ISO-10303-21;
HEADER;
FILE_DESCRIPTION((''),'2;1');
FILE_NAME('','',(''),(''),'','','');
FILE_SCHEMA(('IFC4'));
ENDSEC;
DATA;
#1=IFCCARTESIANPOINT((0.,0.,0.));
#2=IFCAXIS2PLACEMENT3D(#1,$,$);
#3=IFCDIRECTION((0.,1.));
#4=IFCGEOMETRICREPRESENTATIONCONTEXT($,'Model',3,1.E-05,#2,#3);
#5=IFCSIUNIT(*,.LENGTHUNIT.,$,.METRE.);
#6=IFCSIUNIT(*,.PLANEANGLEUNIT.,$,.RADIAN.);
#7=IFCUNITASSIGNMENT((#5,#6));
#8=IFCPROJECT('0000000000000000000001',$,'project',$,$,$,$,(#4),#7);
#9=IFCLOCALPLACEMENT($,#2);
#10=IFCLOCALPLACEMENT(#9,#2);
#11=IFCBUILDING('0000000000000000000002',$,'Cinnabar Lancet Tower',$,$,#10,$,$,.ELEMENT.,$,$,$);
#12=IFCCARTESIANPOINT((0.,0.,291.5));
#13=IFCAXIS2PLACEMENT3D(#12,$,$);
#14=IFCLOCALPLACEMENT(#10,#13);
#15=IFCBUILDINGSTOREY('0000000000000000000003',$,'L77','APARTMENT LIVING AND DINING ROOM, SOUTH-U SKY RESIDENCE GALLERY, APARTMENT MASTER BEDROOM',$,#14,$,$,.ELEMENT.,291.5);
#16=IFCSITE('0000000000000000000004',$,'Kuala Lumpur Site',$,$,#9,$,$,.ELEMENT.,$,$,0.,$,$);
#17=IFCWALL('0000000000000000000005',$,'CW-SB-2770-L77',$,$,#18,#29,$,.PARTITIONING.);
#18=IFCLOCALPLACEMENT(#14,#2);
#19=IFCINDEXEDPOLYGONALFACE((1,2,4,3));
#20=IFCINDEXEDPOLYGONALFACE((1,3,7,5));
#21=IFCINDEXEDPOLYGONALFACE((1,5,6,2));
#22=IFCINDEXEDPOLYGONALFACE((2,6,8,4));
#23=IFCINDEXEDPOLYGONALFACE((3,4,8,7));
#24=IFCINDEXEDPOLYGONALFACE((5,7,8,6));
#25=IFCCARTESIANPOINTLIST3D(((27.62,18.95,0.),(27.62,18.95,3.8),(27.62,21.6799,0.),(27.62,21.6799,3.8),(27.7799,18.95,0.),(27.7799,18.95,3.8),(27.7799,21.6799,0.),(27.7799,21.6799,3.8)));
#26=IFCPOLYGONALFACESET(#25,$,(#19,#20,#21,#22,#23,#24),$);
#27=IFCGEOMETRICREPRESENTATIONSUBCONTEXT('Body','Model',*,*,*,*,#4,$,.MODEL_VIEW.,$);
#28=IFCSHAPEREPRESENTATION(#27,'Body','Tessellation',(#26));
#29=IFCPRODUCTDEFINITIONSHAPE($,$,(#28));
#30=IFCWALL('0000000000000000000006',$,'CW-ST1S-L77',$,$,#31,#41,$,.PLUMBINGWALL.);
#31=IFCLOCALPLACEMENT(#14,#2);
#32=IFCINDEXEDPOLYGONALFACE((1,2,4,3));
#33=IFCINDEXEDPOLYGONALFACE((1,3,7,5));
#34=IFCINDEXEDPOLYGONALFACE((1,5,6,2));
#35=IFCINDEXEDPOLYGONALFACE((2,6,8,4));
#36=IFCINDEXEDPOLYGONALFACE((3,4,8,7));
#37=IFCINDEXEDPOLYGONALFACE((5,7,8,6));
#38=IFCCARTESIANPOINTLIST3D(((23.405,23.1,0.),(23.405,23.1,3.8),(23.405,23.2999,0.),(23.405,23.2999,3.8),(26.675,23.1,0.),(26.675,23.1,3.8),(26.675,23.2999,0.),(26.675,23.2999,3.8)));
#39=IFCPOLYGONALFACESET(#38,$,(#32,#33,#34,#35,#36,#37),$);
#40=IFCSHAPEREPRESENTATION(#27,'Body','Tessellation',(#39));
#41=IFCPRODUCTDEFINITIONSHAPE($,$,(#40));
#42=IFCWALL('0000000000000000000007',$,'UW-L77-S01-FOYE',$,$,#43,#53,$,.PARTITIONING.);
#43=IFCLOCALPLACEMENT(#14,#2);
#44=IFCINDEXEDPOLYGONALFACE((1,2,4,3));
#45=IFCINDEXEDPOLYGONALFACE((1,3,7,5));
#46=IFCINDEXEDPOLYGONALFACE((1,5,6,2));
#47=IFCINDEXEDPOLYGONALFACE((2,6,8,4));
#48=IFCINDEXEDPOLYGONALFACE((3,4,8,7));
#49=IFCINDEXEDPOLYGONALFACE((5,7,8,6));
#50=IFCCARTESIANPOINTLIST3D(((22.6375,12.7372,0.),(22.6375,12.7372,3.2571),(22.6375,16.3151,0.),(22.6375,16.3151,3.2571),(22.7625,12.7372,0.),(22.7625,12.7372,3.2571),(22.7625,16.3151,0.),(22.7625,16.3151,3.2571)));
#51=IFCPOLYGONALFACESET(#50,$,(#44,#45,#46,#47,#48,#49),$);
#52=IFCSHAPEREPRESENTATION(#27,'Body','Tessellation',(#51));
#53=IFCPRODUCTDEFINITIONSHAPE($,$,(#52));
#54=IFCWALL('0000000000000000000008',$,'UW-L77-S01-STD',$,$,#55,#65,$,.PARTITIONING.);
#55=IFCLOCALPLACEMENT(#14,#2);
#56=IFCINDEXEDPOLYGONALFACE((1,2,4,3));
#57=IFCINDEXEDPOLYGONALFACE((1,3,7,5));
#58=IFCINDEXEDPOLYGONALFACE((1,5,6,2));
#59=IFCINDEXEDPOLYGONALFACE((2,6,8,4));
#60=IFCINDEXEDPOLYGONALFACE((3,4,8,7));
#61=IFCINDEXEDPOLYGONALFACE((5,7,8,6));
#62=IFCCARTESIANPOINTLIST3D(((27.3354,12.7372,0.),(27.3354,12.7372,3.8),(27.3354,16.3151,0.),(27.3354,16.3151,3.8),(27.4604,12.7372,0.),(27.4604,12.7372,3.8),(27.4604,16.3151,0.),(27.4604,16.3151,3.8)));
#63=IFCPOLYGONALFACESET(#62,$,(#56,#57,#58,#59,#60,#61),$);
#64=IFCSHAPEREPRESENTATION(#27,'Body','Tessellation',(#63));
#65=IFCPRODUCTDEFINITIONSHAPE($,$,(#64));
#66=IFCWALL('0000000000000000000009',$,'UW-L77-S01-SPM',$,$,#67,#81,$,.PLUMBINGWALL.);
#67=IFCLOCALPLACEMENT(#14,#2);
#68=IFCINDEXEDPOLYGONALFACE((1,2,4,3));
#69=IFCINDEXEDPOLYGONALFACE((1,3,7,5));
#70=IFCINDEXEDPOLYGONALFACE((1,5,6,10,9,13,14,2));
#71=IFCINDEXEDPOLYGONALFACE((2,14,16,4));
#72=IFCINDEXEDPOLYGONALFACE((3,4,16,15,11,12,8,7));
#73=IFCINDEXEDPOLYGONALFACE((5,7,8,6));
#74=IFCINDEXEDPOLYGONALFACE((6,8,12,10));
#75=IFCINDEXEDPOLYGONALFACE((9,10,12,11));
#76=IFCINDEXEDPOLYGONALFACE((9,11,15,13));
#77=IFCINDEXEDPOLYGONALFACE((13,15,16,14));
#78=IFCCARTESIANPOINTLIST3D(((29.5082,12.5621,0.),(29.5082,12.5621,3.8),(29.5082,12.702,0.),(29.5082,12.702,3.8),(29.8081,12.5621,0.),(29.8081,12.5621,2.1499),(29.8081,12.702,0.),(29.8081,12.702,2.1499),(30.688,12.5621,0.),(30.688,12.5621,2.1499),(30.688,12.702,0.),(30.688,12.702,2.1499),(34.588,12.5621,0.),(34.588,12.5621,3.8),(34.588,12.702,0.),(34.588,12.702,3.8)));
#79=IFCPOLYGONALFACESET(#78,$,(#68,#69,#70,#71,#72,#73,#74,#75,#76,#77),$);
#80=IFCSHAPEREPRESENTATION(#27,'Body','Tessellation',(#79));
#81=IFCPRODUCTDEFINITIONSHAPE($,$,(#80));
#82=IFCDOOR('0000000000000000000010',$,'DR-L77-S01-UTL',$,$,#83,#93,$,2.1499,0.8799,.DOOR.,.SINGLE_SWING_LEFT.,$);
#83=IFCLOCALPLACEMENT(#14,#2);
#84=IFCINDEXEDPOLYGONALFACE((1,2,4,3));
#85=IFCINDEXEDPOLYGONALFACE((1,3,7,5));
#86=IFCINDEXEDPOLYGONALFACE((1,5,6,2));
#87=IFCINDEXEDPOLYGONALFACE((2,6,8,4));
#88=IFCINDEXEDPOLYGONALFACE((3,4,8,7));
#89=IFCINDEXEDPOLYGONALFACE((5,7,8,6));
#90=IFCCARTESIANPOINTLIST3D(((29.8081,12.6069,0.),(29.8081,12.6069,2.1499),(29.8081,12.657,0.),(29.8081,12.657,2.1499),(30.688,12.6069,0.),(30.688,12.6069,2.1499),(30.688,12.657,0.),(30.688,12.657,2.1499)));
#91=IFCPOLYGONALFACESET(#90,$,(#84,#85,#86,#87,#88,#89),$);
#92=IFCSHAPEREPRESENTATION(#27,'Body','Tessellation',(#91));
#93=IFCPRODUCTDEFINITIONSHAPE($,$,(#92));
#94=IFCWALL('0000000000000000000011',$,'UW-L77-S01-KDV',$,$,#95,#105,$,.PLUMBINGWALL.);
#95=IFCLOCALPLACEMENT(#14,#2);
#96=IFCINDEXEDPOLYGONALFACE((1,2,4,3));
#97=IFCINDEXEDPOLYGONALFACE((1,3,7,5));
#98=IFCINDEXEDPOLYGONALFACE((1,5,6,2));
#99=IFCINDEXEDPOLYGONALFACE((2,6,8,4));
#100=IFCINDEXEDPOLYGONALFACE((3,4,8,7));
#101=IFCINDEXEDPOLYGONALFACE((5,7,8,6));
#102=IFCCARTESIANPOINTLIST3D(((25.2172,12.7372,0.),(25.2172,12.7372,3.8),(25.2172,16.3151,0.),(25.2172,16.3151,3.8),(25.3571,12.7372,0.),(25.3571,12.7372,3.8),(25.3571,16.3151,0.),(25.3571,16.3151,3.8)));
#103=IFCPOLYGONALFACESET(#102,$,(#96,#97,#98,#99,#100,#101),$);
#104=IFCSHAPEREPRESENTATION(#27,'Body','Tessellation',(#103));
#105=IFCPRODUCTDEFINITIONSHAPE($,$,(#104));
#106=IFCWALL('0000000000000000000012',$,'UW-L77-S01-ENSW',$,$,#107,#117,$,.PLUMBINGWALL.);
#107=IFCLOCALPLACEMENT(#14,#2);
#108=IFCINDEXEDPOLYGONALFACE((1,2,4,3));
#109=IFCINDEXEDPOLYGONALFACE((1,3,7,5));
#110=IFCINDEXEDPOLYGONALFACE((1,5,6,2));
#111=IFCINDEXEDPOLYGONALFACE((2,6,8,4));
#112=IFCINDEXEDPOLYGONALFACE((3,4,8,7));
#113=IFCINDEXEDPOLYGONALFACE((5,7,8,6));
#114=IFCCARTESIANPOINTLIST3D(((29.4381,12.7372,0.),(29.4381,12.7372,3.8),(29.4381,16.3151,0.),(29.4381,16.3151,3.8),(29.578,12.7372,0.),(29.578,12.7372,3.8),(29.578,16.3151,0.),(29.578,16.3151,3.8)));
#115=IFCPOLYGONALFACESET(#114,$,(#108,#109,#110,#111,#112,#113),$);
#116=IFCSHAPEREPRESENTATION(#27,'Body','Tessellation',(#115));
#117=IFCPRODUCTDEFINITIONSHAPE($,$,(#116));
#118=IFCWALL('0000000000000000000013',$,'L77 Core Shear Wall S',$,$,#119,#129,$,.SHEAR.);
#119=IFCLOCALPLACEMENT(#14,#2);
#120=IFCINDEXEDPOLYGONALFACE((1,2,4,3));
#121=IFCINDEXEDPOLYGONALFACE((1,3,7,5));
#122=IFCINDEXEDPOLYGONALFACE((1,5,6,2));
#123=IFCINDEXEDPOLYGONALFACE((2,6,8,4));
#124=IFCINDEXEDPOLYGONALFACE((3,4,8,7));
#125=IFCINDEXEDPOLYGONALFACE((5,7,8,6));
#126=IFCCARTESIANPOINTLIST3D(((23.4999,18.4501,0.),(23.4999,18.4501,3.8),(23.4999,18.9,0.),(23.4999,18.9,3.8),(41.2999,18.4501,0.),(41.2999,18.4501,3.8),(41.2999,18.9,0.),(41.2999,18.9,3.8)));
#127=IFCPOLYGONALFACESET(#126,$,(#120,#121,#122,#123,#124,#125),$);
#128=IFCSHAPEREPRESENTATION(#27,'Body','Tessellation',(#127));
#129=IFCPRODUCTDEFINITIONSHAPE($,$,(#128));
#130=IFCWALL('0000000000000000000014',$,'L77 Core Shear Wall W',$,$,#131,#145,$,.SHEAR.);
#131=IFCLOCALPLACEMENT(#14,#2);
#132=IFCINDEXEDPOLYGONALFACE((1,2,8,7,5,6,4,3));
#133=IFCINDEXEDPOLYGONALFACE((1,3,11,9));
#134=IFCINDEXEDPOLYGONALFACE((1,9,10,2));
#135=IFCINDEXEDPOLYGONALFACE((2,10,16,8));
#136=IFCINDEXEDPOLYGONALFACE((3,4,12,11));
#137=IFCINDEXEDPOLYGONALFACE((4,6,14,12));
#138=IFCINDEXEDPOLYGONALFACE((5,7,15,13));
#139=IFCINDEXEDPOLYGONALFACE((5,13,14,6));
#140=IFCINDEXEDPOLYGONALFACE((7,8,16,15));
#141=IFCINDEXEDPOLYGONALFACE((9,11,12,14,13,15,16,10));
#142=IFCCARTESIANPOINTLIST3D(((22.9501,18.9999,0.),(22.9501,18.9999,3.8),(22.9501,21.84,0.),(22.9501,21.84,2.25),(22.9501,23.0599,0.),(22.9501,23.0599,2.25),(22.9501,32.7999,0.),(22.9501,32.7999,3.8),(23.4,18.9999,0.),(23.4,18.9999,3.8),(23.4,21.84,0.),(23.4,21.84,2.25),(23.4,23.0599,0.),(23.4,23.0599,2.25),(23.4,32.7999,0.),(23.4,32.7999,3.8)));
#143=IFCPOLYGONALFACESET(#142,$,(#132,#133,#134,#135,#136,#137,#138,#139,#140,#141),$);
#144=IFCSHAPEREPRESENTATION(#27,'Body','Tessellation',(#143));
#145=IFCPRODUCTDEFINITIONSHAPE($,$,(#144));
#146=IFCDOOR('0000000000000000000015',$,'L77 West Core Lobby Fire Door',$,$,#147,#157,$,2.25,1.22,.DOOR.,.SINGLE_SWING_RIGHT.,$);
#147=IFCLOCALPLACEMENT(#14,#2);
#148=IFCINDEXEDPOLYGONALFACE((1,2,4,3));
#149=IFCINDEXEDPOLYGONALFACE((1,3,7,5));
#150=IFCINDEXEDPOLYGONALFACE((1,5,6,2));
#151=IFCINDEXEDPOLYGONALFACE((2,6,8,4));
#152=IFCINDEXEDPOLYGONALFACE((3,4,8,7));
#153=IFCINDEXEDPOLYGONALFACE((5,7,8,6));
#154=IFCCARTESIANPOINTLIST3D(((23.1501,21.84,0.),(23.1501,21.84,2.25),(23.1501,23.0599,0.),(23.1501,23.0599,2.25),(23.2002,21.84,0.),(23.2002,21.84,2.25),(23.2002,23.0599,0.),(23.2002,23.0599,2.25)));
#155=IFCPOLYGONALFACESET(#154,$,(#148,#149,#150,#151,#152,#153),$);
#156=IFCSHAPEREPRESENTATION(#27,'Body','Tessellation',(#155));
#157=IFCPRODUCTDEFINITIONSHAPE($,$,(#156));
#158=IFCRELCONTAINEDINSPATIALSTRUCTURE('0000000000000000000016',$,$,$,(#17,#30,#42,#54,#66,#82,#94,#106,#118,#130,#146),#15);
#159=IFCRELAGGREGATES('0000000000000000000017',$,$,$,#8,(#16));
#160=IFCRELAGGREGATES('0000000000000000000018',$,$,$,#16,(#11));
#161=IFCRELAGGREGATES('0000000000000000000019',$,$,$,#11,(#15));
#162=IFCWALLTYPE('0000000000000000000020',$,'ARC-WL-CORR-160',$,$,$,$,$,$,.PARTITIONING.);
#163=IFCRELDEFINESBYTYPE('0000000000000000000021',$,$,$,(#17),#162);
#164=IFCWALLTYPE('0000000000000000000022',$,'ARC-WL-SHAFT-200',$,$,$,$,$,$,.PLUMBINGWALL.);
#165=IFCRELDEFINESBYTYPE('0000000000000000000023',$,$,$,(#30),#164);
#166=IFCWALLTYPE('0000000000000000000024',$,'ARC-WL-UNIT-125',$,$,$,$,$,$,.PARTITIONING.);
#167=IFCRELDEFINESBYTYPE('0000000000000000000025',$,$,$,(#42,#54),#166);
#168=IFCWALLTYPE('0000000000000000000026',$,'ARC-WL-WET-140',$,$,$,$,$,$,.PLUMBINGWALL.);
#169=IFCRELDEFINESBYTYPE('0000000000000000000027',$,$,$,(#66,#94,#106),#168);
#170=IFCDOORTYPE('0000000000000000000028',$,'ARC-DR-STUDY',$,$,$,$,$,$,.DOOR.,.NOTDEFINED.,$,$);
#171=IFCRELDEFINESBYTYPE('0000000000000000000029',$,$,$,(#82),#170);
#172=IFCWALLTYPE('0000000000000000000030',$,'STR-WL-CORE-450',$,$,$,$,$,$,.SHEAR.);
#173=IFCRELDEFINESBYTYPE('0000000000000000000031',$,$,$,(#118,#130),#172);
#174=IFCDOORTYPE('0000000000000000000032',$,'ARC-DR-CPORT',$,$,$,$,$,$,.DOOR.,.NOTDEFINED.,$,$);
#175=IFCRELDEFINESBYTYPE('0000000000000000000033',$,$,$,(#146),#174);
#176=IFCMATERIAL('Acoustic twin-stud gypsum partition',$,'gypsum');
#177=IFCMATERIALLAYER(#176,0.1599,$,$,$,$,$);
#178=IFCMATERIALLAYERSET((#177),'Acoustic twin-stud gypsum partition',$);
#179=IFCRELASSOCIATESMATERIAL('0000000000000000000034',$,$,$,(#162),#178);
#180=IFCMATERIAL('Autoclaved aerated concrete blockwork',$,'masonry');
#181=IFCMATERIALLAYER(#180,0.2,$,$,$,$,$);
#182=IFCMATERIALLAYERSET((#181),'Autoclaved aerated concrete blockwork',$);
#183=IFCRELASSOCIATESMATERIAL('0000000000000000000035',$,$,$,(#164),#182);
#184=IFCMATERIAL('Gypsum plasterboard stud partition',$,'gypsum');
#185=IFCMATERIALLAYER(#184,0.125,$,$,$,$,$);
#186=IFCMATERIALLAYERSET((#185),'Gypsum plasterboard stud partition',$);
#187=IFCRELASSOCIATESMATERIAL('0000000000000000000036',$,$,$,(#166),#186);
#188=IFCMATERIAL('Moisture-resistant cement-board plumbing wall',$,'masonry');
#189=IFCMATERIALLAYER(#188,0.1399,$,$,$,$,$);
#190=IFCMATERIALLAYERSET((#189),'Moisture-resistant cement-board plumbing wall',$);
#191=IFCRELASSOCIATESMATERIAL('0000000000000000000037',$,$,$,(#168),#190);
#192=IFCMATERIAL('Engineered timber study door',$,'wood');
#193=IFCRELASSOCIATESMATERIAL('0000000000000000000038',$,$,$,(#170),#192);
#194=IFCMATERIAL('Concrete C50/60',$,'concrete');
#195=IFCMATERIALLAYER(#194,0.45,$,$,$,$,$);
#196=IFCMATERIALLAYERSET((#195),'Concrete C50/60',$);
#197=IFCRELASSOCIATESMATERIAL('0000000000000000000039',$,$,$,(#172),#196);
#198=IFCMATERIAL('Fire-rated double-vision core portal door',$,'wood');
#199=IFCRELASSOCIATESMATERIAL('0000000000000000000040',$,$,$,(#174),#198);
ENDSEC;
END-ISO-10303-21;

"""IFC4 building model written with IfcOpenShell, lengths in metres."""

from ifc_helpers import new_model, si_unit, direction, frame, frame_2d, origin, place, context, subcontext, project, spatial, rectangle, extrude, material, layer, layer_set, type_object, element, fill, save


model = new_model("IFC4")

# Units and contexts
model_context = context("Model", 3, precision=1e-05, world=origin(), true_north=direction((0.0, 1.0)))
body_context = subcontext(model_context, "Body", "Model", "MODEL_VIEW")
ifc_project = project(units=[si_unit("LENGTHUNIT", "METRE"), si_unit("PLANEANGLEUNIT", "RADIAN")], contexts=[model_context])

# Site, building, storey
site_placement = place(None, origin())
site = spatial("IfcSite", under=ifc_project, at=site_placement, Name="Kuala Lumpur Site", CompositionType="ELEMENT", RefElevation=0.0)
building_placement = place(site_placement, origin())
building = spatial("IfcBuilding", under=site, at=building_placement, Name="Cinnabar Lancet Tower", CompositionType="ELEMENT")
storey_placement = place(building_placement, frame((0.0, 0.0, 291.5)))
storey = spatial("IfcBuildingStorey", under=building, at=storey_placement, Name="L77", Description="APARTMENT LIVING AND DINING ROOM, SOUTH-U SKY RESIDENCE GALLERY, APARTMENT MASTER BEDROOM", CompositionType="ELEMENT", Elevation=291.5)

# Walls
ifc_material_1 = material(Name="Acoustic twin-stud gypsum partition", Category="gypsum")
ifc_layer_1 = layer(ifc_material_1, 0.1599)
ifc_layer_set_1 = layer_set([ifc_layer_1], Name="Acoustic twin-stud gypsum partition")
wall_type_1 = type_object("IfcWallType", Name="ARC-WL-CORR-160", PredefinedType="PARTITIONING", material=ifc_layer_set_1)
wall_1_placement = place(storey_placement, frame((27.7, 18.95, 0.0), z_axis=(0.0, 0.0, 1.0), x_axis=(0.0, 1.0, 0.0)))
element("IfcWall", 1, at=wall_1_placement, inside=storey, type_object=wall_type_1, Name="CW-SB-2770-L77", PredefinedType="PARTITIONING", context=body_context, shape_type="SweptSolid", body=[
    extrude(rectangle(XDim=2.73, YDim=0.1599, at=frame_2d((1.365, 0.0))), origin(), (0.0, 0.0, 1.0), 3.8),
])
ifc_material_2 = material(Name="Autoclaved aerated concrete blockwork", Category="masonry")
ifc_layer_2 = layer(ifc_material_2, 0.2)
ifc_layer_set_2 = layer_set([ifc_layer_2], Name="Autoclaved aerated concrete blockwork")
wall_type_2 = type_object("IfcWallType", Name="ARC-WL-SHAFT-200", PredefinedType="PLUMBINGWALL", material=ifc_layer_set_2)
wall_2_placement = place(storey_placement, frame((23.405, 23.2, 0.0), z_axis=(0.0, 0.0, 1.0), x_axis=(1.0, 0.0, 0.0)))
element("IfcWall", 2, at=wall_2_placement, inside=storey, type_object=wall_type_2, Name="CW-ST1S-L77", PredefinedType="PLUMBINGWALL", context=body_context, shape_type="SweptSolid", body=[
    extrude(rectangle(XDim=3.27, YDim=0.2, at=frame_2d((1.635, 0.0))), origin(), (0.0, 0.0, 1.0), 3.8),
])

# Walls
ifc_material_3 = material(Name="Gypsum plasterboard stud partition", Category="gypsum")
ifc_layer_3 = layer(ifc_material_3, 0.125)
ifc_layer_set_3 = layer_set([ifc_layer_3], Name="Gypsum plasterboard stud partition")
wall_type_3 = type_object("IfcWallType", Name="ARC-WL-UNIT-125", PredefinedType="PARTITIONING", material=ifc_layer_set_3)
wall_3_placement = place(storey_placement, frame((22.7, 12.7371, 0.0), z_axis=(0.0, 0.0, 1.0), x_axis=(0.0, 1.0, 0.0)))
element("IfcWall", 3, at=wall_3_placement, inside=storey, type_object=wall_type_3, Name="UW-L77-S01-FOYE", PredefinedType="PARTITIONING", context=body_context, shape_type="SweptSolid", body=[
    extrude(rectangle(XDim=3.5779, YDim=0.125, at=frame_2d((1.7891, 0.0))), origin(), (0.0, 0.0, 1.0), 3.2571),
])
wall_4_placement = place(storey_placement, frame((27.3979, 12.7371, 0.0), z_axis=(0.0, 0.0, 1.0), x_axis=(0.0, 1.0, 0.0)))
element("IfcWall", 4, at=wall_4_placement, inside=storey, type_object=wall_type_3, Name="UW-L77-S01-STD", PredefinedType="PARTITIONING", context=body_context, shape_type="SweptSolid", body=[
    extrude(rectangle(XDim=3.5779, YDim=0.125, at=frame_2d((1.7891, 0.0))), origin(), (0.0, 0.0, 1.0), 3.8),
])

# Shared definitions
ifc_material_4 = material(Name="Moisture-resistant cement-board plumbing wall", Category="masonry")
ifc_layer_4 = layer(ifc_material_4, 0.1399)
ifc_layer_set_4 = layer_set([ifc_layer_4], Name="Moisture-resistant cement-board plumbing wall")
wall_type_4 = type_object("IfcWallType", Name="ARC-WL-WET-140", PredefinedType="PLUMBINGWALL", material=ifc_layer_set_4)
ifc_material_5 = material(Name="Engineered timber study door", Category="wood")
door_type_1 = type_object("IfcDoorType", Name="ARC-DR-STUDY", OperationType="NOTDEFINED", PredefinedType="DOOR", material=ifc_material_5)

# Wall, opening, door
wall_5_placement = place(storey_placement, frame((29.5081, 12.6321, 0.0), z_axis=(0.0, 0.0, 1.0), x_axis=(1.0, 0.0, 0.0)))
wall_5 = element("IfcWall", 5, at=wall_5_placement, inside=storey, type_object=wall_type_4, Name="UW-L77-S01-SPM", PredefinedType="PLUMBINGWALL", context=body_context, shape_type="SweptSolid", body=[
    extrude(rectangle(XDim=5.0798, YDim=0.1399, at=frame_2d((2.54, 0.0))), origin(), (0.0, 0.0, 1.0), 3.8),
])
opening_1_placement = place(wall_5_placement, frame((0.3, 0.0, 0.0)))
opening_1 = element("IfcOpeningElement", 6, at=opening_1_placement, cuts=wall_5, PredefinedType="OPENING", context=body_context, shape_type="SweptSolid", body=[
    extrude(rectangle(XDim=0.8799, YDim=2.1499, at=frame_2d((0.4399, 1.075))), frame((0.0, 0.0798, 0.0), z_axis=(0.0, -1.0, 0.0), x_axis=(1.0, 0.0, 0.0)), (0.0, 0.0, 1.0), 0.1599),
])
door_1_placement = place(opening_1_placement, origin())
door_1 = element("IfcDoor", 7, at=door_1_placement, inside=storey, type_object=door_type_1, Name="DR-L77-S01-UTL", OperationType="SINGLE_SWING_LEFT", OverallHeight=2.1499, OverallWidth=0.8799, PredefinedType="DOOR", context=body_context, shape_type="SweptSolid", body=[
    extrude(rectangle(XDim=0.8799, YDim=2.1499, at=frame_2d((0.4399, 1.075))), frame((0.0, 0.0249, 0.0), z_axis=(0.0, -1.0, 0.0), x_axis=(1.0, 0.0, 0.0)), (0.0, 0.0, 1.0), 0.05),
])
fill(opening_1, door_1)

# Walls
for number, where, z_axis, x_axis, name in (
    (8, (25.2871, 12.7371, 0.0), (0.0, 0.0, 1.0), (0.0, 1.0, 0.0), "UW-L77-S01-KDV"),
    (9, (29.5081, 12.7371, 0.0), (0.0, 0.0, 1.0), (0.0, 1.0, 0.0), "UW-L77-S01-ENSW"),
):
    element("IfcWall", number, at=place(storey_placement, frame(where, z_axis=z_axis, x_axis=x_axis)), inside=storey, type_object=wall_type_4, Name=name, PredefinedType="PLUMBINGWALL", context=body_context, shape_type="SweptSolid", body=[
        extrude(rectangle(XDim=3.5779, YDim=0.1399, at=frame_2d((1.7891, 0.0))), origin(), (0.0, 0.0, 1.0), 3.8),
    ])
ifc_material_6 = material(Name="Concrete C50/60", Category="concrete")
ifc_layer_5 = layer(ifc_material_6, 0.45)
ifc_layer_set_5 = layer_set([ifc_layer_5], Name="Concrete C50/60")
wall_type_5 = type_object("IfcWallType", Name="STR-WL-CORE-450", PredefinedType="SHEAR", material=ifc_layer_set_5)
wall_6_placement = place(storey_placement, frame((23.5, 18.675, 0.0), z_axis=(0.0, 0.0, 1.0), x_axis=(1.0, 0.0, 0.0)))
element("IfcWall", 10, at=wall_6_placement, inside=storey, type_object=wall_type_5, Name="L77 Core Shear Wall S", PredefinedType="SHEAR", context=body_context, shape_type="SweptSolid", body=[
    extrude(rectangle(XDim=17.8, YDim=0.45, at=frame_2d((8.8999, 0.0))), origin(), (0.0, 0.0, 1.0), 3.8),
])

# Wall, opening, door
wall_7_placement = place(storey_placement, frame((23.175, 19.0, 0.0), z_axis=(0.0, 0.0, 1.0), x_axis=(0.0, 1.0, 0.0)))
wall_7 = element("IfcWall", 11, at=wall_7_placement, inside=storey, type_object=wall_type_5, Name="L77 Core Shear Wall W", PredefinedType="SHEAR", context=body_context, shape_type="SweptSolid", body=[
    extrude(rectangle(XDim=13.8, YDim=0.45, at=frame_2d((6.8999, 0.0))), origin(), (0.0, 0.0, 1.0), 3.8),
])
opening_2_placement = place(wall_7_placement, frame((2.8401, 0.0, 0.0)))
opening_2 = element("IfcOpeningElement", 12, at=opening_2_placement, cuts=wall_7, PredefinedType="OPENING", context=body_context, shape_type="SweptSolid", body=[
    extrude(rectangle(XDim=1.22, YDim=2.25, at=frame_2d((0.6099, 1.125))), frame((0.0, 0.2349, 0.0), z_axis=(0.0, -1.0, 0.0), x_axis=(1.0, 0.0, 0.0)), (0.0, 0.0, 1.0), 0.47),
])
ifc_material_7 = material(Name="Fire-rated double-vision core portal door", Category="wood")
door_type_2 = type_object("IfcDoorType", Name="ARC-DR-CPORT", OperationType="NOTDEFINED", PredefinedType="DOOR", material=ifc_material_7)
door_2_placement = place(opening_2_placement, origin())
door_2 = element("IfcDoor", 13, at=door_2_placement, inside=storey, type_object=door_type_2, Name="L77 West Core Lobby Fire Door", OperationType="SINGLE_SWING_RIGHT", OverallHeight=2.25, OverallWidth=1.22, PredefinedType="DOOR", context=body_context, shape_type="SweptSolid", body=[
    extrude(rectangle(XDim=1.22, YDim=2.25, at=frame_2d((0.6099, 1.125))), frame((0.0, 0.0249, 0.0), z_axis=(0.0, -1.0, 0.0), x_axis=(1.0, 0.0, 0.0)), (0.0, 0.0, 1.0), 0.05),
])
fill(opening_2, door_2)

save(model, "model.ifc")
